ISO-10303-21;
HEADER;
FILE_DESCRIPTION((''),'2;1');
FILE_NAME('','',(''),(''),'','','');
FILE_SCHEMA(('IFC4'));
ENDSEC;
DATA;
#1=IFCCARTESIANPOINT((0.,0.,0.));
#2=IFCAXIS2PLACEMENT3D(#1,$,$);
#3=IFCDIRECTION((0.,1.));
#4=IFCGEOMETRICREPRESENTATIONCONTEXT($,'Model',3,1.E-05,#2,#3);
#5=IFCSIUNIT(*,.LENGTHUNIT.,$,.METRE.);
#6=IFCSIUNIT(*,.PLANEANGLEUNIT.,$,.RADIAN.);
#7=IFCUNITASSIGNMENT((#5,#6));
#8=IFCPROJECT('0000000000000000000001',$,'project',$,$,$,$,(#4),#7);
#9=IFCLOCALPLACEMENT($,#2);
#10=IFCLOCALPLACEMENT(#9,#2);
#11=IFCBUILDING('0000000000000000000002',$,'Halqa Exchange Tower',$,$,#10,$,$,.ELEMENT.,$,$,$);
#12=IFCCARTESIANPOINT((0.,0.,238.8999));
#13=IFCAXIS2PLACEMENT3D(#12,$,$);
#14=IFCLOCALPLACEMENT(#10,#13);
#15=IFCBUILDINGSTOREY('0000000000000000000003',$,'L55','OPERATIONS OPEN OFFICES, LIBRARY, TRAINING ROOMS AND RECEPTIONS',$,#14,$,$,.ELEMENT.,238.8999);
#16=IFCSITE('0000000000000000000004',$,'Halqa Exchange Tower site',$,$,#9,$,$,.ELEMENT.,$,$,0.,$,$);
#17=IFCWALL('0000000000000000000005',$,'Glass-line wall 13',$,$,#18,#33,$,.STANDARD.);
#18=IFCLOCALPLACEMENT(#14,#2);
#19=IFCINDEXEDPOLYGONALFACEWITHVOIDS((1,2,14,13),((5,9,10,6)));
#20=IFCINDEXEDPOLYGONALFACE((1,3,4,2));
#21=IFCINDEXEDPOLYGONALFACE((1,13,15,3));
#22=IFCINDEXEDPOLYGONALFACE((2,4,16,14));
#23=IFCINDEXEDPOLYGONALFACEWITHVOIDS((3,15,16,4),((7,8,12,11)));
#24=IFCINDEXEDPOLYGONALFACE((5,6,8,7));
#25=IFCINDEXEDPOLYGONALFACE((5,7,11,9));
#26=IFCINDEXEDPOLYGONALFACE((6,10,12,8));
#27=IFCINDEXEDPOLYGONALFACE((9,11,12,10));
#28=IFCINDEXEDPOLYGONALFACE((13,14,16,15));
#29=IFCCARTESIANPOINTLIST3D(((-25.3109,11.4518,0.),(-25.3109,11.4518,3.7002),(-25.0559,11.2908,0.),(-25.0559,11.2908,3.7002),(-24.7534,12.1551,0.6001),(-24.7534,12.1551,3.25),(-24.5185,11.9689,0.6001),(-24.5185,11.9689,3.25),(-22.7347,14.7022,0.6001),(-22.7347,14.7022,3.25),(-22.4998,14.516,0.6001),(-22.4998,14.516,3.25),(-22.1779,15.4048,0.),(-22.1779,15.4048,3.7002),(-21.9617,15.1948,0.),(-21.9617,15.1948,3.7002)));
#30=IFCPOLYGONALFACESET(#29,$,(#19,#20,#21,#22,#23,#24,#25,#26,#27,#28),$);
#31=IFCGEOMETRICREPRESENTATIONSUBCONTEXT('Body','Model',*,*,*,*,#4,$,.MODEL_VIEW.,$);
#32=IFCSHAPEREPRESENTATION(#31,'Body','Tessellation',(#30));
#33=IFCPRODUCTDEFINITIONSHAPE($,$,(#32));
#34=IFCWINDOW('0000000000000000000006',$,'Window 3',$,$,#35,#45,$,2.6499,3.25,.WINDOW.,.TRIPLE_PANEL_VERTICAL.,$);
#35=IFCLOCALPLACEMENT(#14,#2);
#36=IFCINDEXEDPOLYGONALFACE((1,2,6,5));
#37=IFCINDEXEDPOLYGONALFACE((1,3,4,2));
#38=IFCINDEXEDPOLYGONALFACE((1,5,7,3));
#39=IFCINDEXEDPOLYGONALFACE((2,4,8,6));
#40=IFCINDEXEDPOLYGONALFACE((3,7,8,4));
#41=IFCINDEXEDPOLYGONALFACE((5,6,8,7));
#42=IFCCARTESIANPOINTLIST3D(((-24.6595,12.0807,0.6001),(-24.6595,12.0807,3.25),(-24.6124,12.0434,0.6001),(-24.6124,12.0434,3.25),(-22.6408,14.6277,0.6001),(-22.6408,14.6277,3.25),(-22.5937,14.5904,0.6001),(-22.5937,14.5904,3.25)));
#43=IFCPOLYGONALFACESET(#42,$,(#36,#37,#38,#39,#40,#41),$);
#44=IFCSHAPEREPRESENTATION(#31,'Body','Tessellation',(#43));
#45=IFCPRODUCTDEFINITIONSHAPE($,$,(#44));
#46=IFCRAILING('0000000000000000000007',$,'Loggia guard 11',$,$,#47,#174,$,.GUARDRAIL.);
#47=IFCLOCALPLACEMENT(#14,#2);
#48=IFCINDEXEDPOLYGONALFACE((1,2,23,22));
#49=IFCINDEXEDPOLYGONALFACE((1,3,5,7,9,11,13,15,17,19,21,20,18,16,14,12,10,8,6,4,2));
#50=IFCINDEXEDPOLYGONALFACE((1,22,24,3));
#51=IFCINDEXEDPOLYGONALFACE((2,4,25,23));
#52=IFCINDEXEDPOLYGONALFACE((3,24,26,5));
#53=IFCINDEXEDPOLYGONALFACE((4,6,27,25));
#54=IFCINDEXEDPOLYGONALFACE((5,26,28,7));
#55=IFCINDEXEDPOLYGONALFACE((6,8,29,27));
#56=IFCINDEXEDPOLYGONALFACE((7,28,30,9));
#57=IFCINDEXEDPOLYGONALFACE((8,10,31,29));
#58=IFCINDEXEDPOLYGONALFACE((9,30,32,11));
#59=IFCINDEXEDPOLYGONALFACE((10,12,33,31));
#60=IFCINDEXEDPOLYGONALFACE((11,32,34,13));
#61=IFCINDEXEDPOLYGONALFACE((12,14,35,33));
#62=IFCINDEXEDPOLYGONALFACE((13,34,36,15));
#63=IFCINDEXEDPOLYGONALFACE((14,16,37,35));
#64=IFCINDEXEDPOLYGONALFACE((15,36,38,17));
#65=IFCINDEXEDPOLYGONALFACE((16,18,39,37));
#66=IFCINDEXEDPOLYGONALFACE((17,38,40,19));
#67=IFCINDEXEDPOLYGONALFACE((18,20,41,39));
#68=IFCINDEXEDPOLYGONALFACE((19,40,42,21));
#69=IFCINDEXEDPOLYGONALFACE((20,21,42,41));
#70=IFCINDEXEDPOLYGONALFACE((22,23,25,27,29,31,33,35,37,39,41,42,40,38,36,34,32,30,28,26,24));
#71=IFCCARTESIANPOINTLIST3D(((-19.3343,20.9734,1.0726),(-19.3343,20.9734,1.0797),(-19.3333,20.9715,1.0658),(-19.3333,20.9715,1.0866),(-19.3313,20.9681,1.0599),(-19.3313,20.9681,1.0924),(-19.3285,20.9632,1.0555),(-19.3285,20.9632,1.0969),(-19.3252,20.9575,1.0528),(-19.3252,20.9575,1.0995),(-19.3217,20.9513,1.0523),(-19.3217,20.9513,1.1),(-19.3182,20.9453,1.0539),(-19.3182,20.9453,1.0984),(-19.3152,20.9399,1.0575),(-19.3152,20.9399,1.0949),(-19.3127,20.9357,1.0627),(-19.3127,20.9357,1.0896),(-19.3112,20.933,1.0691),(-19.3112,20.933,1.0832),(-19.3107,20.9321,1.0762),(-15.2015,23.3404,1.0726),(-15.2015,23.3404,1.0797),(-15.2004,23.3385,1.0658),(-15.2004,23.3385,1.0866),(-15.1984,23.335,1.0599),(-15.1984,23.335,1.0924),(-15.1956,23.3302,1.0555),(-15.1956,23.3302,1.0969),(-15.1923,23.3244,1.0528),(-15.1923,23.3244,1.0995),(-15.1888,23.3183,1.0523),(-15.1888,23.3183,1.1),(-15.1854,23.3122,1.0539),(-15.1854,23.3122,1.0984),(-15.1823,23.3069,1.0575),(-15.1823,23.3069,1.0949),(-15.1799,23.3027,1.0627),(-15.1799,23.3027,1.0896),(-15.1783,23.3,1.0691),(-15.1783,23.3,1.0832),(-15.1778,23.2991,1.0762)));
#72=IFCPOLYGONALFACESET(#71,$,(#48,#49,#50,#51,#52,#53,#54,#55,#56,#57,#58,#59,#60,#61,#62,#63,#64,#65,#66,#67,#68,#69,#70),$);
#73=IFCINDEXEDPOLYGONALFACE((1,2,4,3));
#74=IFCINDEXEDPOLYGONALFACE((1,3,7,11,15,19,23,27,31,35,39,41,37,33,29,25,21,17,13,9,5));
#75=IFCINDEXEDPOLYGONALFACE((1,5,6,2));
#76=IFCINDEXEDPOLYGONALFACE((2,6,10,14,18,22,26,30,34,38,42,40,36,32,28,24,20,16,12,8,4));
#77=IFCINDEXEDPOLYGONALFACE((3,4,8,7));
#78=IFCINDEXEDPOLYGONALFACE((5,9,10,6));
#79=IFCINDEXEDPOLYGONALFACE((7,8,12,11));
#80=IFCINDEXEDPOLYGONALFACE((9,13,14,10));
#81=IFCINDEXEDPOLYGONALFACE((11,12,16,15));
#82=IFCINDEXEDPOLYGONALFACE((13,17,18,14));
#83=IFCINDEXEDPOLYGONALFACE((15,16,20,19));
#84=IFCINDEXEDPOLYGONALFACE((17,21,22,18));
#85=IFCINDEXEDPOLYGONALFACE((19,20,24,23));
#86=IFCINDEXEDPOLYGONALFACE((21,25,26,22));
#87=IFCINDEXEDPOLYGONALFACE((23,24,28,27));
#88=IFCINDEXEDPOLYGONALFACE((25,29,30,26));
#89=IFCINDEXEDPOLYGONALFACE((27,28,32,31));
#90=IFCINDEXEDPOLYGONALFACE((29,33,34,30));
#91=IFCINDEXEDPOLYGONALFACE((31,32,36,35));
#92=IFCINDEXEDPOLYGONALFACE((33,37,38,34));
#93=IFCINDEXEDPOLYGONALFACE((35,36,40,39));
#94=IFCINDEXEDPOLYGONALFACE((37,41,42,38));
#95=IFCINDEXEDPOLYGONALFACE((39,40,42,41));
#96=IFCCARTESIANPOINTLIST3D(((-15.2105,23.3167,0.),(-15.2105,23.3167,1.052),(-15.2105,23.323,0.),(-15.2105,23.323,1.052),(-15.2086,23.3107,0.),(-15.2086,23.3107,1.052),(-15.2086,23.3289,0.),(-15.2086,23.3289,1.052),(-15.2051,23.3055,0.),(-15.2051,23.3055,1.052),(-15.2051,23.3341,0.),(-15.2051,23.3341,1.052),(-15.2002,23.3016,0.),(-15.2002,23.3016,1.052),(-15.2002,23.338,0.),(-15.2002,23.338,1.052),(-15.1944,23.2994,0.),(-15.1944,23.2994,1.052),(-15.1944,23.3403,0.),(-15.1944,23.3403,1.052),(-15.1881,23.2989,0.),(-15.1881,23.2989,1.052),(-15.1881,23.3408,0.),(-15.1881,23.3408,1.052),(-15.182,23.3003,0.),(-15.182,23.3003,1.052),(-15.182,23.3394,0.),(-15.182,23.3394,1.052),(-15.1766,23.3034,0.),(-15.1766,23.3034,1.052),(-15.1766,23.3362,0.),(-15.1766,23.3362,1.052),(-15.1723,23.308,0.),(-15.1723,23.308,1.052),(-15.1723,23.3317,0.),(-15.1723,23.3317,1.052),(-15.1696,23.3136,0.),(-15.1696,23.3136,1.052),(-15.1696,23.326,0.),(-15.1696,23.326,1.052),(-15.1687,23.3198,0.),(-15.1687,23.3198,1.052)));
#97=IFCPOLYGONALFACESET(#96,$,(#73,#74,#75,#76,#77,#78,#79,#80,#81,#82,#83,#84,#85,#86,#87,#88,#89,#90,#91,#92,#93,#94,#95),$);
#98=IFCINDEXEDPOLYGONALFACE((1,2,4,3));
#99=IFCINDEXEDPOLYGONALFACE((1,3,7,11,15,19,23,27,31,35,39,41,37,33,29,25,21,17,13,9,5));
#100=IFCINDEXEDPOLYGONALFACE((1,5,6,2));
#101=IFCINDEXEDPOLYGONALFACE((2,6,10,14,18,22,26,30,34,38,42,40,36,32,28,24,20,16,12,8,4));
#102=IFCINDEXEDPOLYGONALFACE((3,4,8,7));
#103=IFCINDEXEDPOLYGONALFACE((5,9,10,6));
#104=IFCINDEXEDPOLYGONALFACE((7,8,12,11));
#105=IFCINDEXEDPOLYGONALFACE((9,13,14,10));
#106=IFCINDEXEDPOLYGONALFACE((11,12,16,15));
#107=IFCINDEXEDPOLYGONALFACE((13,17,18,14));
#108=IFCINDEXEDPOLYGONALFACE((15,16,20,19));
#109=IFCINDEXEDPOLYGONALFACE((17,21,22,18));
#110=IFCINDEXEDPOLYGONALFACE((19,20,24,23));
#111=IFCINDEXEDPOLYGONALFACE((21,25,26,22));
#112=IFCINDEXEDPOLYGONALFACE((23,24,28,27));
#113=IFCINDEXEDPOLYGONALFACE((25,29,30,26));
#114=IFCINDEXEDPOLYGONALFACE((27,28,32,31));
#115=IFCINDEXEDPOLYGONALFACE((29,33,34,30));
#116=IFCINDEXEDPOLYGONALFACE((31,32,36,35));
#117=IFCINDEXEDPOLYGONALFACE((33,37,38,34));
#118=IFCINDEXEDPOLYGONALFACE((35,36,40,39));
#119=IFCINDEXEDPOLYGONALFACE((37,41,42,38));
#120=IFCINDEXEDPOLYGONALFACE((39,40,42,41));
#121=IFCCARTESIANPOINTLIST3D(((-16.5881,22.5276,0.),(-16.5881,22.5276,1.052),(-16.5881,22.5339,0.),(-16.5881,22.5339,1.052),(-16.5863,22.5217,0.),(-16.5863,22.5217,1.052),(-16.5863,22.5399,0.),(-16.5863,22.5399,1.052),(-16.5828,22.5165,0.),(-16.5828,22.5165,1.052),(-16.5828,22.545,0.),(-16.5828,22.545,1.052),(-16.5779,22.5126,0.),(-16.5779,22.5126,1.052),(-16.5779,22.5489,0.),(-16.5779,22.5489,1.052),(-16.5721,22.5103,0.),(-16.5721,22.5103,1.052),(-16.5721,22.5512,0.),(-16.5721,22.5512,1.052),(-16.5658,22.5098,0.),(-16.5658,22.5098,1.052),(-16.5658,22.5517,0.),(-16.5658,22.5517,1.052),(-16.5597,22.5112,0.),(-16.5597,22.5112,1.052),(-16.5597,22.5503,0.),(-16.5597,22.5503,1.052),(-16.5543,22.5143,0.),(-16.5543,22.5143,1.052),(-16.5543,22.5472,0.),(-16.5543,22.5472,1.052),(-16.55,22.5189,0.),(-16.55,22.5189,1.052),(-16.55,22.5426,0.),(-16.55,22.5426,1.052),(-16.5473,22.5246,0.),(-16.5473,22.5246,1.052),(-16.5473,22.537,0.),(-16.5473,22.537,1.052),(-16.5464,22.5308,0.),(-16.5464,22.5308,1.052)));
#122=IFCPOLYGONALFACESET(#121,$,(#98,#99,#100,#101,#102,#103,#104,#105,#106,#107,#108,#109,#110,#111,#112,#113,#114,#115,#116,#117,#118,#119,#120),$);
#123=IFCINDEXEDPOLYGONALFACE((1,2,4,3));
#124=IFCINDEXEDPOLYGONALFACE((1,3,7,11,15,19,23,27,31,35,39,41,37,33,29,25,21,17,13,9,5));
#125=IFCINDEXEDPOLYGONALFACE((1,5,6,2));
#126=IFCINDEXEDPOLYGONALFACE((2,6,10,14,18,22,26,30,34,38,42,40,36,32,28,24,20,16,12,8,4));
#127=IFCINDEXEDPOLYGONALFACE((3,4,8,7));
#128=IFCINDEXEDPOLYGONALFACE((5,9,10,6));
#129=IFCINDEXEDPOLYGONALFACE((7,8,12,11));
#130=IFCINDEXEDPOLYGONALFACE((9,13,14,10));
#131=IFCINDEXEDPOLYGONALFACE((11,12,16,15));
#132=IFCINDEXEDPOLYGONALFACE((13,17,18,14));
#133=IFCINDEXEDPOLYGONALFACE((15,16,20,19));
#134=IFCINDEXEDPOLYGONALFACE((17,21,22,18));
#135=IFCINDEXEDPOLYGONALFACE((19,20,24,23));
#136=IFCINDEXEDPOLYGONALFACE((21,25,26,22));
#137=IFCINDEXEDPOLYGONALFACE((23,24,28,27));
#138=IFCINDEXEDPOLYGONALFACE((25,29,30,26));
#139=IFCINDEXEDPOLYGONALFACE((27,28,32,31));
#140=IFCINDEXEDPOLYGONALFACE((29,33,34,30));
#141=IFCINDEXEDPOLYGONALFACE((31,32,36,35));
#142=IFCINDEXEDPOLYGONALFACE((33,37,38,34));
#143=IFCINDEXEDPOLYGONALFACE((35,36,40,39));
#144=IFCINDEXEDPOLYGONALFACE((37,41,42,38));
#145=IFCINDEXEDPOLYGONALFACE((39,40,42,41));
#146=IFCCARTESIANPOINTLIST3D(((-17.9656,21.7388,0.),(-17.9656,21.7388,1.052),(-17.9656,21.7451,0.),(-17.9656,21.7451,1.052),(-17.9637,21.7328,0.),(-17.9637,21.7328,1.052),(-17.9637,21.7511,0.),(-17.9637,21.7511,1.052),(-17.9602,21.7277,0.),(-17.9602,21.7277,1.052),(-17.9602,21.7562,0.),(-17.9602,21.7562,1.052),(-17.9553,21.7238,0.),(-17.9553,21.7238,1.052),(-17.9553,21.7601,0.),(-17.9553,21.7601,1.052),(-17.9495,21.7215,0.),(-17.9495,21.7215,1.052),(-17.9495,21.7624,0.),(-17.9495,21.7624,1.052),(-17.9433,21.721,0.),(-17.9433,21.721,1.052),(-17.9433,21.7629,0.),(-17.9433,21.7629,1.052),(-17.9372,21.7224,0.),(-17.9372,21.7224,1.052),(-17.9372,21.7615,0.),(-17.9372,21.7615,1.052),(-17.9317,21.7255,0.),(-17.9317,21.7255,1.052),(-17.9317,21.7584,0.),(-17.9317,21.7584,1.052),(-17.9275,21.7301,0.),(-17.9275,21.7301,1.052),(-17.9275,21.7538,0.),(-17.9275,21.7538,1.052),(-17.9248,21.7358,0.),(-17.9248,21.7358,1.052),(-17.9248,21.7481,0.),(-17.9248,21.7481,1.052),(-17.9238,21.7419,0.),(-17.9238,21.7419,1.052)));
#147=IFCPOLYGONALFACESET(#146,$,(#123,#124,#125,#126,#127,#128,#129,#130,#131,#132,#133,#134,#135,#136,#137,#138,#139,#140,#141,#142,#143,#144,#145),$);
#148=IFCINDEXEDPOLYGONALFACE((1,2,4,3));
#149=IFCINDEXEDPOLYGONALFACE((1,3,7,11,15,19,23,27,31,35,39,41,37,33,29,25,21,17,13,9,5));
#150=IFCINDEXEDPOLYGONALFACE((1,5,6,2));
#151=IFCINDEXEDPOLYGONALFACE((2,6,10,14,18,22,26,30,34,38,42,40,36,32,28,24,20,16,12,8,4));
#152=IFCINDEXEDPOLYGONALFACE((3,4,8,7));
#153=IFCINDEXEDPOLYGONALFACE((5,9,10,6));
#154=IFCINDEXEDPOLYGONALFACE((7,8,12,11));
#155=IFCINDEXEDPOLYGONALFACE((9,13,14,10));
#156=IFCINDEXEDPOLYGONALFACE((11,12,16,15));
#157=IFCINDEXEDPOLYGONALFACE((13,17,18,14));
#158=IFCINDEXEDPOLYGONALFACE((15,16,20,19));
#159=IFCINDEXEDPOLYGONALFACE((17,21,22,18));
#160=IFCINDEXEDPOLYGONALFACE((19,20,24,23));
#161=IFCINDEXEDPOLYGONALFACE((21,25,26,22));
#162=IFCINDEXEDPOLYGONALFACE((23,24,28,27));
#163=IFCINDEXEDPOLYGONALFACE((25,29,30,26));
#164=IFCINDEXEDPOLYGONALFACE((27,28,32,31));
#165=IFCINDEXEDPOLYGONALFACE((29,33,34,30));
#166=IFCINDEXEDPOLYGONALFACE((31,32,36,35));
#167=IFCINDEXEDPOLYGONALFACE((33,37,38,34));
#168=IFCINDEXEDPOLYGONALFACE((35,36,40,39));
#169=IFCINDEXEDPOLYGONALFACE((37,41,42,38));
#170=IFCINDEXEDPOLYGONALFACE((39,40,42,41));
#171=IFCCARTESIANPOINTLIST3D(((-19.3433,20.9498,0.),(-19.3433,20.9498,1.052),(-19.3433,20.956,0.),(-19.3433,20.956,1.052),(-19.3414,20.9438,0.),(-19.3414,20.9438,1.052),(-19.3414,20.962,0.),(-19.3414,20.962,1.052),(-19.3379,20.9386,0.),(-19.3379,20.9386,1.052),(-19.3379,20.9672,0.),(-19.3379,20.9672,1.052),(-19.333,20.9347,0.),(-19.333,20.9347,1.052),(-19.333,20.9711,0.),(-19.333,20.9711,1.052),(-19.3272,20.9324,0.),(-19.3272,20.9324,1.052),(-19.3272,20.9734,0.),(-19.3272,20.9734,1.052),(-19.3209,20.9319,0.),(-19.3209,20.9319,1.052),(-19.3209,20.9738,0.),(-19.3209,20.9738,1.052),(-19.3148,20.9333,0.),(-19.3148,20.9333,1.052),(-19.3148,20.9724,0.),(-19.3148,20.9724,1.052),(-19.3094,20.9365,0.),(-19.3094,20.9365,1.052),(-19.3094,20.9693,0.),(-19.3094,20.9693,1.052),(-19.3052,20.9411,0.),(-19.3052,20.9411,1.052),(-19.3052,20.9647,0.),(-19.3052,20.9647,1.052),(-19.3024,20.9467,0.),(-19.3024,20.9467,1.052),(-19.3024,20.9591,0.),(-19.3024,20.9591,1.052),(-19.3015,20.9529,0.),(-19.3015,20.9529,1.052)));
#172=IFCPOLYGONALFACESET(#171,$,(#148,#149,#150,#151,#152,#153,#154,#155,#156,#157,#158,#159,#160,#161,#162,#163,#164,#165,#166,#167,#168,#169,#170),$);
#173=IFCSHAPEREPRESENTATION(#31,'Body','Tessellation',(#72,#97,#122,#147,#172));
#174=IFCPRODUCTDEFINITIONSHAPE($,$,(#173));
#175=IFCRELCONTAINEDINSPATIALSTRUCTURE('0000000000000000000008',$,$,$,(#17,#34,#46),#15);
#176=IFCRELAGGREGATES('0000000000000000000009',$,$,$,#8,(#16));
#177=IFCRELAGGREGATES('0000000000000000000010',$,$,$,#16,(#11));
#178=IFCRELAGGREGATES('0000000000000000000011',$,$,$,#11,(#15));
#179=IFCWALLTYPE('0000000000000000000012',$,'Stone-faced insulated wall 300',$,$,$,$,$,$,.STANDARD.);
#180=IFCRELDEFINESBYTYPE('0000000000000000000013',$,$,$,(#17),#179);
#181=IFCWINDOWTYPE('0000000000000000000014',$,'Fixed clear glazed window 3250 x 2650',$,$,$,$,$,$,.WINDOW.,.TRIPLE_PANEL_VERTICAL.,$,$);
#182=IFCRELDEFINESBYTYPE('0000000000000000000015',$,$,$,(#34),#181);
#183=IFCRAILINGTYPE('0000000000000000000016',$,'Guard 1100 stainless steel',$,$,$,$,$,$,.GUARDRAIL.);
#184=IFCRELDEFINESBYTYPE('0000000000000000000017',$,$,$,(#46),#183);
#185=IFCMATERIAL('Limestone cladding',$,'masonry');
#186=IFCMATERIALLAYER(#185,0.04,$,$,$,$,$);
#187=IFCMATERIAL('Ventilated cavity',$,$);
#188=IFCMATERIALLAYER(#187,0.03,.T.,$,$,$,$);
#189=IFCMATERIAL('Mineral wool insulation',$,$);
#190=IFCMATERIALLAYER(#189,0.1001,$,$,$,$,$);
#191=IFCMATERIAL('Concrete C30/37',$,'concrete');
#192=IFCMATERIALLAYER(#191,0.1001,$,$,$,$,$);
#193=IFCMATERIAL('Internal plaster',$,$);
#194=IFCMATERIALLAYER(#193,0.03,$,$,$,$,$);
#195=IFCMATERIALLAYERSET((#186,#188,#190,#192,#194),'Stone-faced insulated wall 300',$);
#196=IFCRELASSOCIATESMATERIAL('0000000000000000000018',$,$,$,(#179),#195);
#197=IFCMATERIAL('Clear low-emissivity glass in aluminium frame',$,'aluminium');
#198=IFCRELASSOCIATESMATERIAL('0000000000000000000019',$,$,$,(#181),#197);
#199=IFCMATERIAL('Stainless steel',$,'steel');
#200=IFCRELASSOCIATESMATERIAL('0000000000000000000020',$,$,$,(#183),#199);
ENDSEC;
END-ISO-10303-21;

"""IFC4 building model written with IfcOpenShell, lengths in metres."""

from ifc_helpers import new_model, si_unit, direction, frame, frame_2d, origin, origin_2d, place, context, subcontext, project, spatial, polyline, rectangle, circle, outline, extrude, material, layer, layer_set, type_object, element, fill, save


model = new_model("IFC4")

# Units and contexts
model_context = context("Model", 3, precision=1e-05, world=origin(), true_north=direction((0.0, 1.0)))
body_context = subcontext(model_context, "Body", "Model", "MODEL_VIEW")
ifc_project = project(units=[si_unit("LENGTHUNIT", "METRE"), si_unit("PLANEANGLEUNIT", "RADIAN")], contexts=[model_context])

# Site, building, storey
site_placement = place(None, origin())
site = spatial("IfcSite", under=ifc_project, at=site_placement, Name="Halqa Exchange Tower site", CompositionType="ELEMENT", RefElevation=0.0)
building_placement = place(site_placement, origin())
building = spatial("IfcBuilding", under=site, at=building_placement, Name="Halqa Exchange Tower", CompositionType="ELEMENT")
storey_placement = place(building_placement, frame((0.0, 0.0, 238.8999)))
storey = spatial("IfcBuildingStorey", under=building, at=storey_placement, Name="L55", Description="OPERATIONS OPEN OFFICES, LIBRARY, TRAINING ROOMS AND RECEPTIONS", CompositionType="ELEMENT", Elevation=238.8999)

# Shared definitions
ifc_material_1 = material(Name="Limestone cladding", Category="masonry")
ifc_layer_1 = layer(ifc_material_1, 0.04)
ifc_material_2 = material(Name="Ventilated cavity")
ifc_layer_2 = layer(ifc_material_2, 0.03, ventilated=True)
ifc_material_3 = material(Name="Mineral wool insulation")
ifc_layer_3 = layer(ifc_material_3, 0.1001)
ifc_material_4 = material(Name="Concrete C30/37", Category="concrete")
ifc_layer_4 = layer(ifc_material_4, 0.1001)
ifc_material_5 = material(Name="Internal plaster")
ifc_layer_5 = layer(ifc_material_5, 0.03)
ifc_layer_set_1 = layer_set([ifc_layer_1, ifc_layer_2, ifc_layer_3, ifc_layer_4, ifc_layer_5], Name="Stone-faced insulated wall 300")
wall_type_1 = type_object("IfcWallType", Name="Stone-faced insulated wall 300", PredefinedType="STANDARD", material=ifc_layer_set_1)
ifc_material_6 = material(Name="Clear low-emissivity glass in aluminium frame", Category="aluminium")
window_type = type_object("IfcWindowType", Name="Fixed clear glazed window 3250 x 2650", PartitioningType="TRIPLE_PANEL_VERTICAL", PredefinedType="WINDOW", material=ifc_material_6)

# Wall, opening, window
wall_1_placement = place(storey_placement, frame((-22.0698, 15.2998, 0.0), z_axis=(0.0, 0.0, 1.0), x_axis=(-0.621131, -0.783707, 0.0)))
wall_1 = element("IfcWall", 1, at=wall_1_placement, inside=storey, type_object=wall_type_1, Name="Glass-line wall 13", PredefinedType="STANDARD", context=body_context, shape_type="SweptSolid", body=[
    extrude(outline(polyline([(-0.0151, -0.1499), (5.0288, -0.1499), (4.9966, 0.1499), (0.0151, 0.1499), (-0.0151, -0.1499)])), origin(), (0.0, 0.0, 1.0), 3.7002),
])
opening_1_placement = place(wall_1_placement, frame((0.8813, 0.0, 0.6001)))
opening_1 = element("IfcOpeningElement", 2, at=opening_1_placement, cuts=wall_1, PredefinedType="OPENING", context=body_context, shape_type="SweptSolid", body=[
    extrude(rectangle(XDim=3.25, YDim=2.6499, at=frame_2d((1.625, 1.325))), frame((0.0, 0.1621, 0.0), z_axis=(0.0, -1.0, 0.0), x_axis=(1.0, 0.0, 0.0)), (0.0, 0.0, 1.0), 0.324),
])
window_1_placement = place(opening_1_placement, origin())
window_1 = element("IfcWindow", 3, at=window_1_placement, inside=storey, type_object=window_type, Name="Window 3", OverallHeight=2.6499, OverallWidth=3.25, PartitioningType="TRIPLE_PANEL_VERTICAL", PredefinedType="WINDOW", context=body_context, shape_type="SweptSolid", body=[
    extrude(rectangle(XDim=3.25, YDim=2.6499, at=frame_2d((1.625, 1.325))), frame((0.0, 0.03, 0.0), z_axis=(0.0, -1.0, 0.0), x_axis=(1.0, 0.0, 0.0)), (0.0, 0.0, 1.0), 0.0601),
])
fill(opening_1, window_1)

# Railing
ifc_material_7 = material(Name="Stainless steel", Category="steel")
railing_type = type_object("IfcRailingType", Name="Guard 1100 stainless steel", PredefinedType="GUARDRAIL", material=ifc_material_7)
railing_1_placement = place(storey_placement, frame((-15.1897, 23.3198, 0.0)))
element("IfcRailing", 4, at=railing_1_placement, inside=storey, type_object=railing_type, Name="Loggia guard 11", PredefinedType="GUARDRAIL", context=body_context, shape_type="SweptSolid", body=[
    extrude(circle(Radius=0.0239, at=origin_2d()), frame((0.0, 0.0, 1.0762), z_axis=(-0.86776, -0.496983, 0.0), x_axis=(0.496983, -0.86776, 0.0)), (0.0, 0.0, 1.0), 4.7627),
    extrude(circle(Radius=0.021, at=origin_2d()), origin(), (0.0, 0.0, 1.0), 1.052),
    extrude(circle(Radius=0.021, at=origin_2d()), frame((-1.3777, -0.7891, 0.0)), (0.0, 0.0, 1.0), 1.052),
    extrude(circle(Radius=0.021, at=origin_2d()), frame((-2.7551, -1.5779, 0.0)), (0.0, 0.0, 1.0), 1.052),
    extrude(circle(Radius=0.021, at=origin_2d()), frame((-4.1328, -2.3669, 0.0)), (0.0, 0.0, 1.0), 1.052),
])

save(model, "model.ifc")
